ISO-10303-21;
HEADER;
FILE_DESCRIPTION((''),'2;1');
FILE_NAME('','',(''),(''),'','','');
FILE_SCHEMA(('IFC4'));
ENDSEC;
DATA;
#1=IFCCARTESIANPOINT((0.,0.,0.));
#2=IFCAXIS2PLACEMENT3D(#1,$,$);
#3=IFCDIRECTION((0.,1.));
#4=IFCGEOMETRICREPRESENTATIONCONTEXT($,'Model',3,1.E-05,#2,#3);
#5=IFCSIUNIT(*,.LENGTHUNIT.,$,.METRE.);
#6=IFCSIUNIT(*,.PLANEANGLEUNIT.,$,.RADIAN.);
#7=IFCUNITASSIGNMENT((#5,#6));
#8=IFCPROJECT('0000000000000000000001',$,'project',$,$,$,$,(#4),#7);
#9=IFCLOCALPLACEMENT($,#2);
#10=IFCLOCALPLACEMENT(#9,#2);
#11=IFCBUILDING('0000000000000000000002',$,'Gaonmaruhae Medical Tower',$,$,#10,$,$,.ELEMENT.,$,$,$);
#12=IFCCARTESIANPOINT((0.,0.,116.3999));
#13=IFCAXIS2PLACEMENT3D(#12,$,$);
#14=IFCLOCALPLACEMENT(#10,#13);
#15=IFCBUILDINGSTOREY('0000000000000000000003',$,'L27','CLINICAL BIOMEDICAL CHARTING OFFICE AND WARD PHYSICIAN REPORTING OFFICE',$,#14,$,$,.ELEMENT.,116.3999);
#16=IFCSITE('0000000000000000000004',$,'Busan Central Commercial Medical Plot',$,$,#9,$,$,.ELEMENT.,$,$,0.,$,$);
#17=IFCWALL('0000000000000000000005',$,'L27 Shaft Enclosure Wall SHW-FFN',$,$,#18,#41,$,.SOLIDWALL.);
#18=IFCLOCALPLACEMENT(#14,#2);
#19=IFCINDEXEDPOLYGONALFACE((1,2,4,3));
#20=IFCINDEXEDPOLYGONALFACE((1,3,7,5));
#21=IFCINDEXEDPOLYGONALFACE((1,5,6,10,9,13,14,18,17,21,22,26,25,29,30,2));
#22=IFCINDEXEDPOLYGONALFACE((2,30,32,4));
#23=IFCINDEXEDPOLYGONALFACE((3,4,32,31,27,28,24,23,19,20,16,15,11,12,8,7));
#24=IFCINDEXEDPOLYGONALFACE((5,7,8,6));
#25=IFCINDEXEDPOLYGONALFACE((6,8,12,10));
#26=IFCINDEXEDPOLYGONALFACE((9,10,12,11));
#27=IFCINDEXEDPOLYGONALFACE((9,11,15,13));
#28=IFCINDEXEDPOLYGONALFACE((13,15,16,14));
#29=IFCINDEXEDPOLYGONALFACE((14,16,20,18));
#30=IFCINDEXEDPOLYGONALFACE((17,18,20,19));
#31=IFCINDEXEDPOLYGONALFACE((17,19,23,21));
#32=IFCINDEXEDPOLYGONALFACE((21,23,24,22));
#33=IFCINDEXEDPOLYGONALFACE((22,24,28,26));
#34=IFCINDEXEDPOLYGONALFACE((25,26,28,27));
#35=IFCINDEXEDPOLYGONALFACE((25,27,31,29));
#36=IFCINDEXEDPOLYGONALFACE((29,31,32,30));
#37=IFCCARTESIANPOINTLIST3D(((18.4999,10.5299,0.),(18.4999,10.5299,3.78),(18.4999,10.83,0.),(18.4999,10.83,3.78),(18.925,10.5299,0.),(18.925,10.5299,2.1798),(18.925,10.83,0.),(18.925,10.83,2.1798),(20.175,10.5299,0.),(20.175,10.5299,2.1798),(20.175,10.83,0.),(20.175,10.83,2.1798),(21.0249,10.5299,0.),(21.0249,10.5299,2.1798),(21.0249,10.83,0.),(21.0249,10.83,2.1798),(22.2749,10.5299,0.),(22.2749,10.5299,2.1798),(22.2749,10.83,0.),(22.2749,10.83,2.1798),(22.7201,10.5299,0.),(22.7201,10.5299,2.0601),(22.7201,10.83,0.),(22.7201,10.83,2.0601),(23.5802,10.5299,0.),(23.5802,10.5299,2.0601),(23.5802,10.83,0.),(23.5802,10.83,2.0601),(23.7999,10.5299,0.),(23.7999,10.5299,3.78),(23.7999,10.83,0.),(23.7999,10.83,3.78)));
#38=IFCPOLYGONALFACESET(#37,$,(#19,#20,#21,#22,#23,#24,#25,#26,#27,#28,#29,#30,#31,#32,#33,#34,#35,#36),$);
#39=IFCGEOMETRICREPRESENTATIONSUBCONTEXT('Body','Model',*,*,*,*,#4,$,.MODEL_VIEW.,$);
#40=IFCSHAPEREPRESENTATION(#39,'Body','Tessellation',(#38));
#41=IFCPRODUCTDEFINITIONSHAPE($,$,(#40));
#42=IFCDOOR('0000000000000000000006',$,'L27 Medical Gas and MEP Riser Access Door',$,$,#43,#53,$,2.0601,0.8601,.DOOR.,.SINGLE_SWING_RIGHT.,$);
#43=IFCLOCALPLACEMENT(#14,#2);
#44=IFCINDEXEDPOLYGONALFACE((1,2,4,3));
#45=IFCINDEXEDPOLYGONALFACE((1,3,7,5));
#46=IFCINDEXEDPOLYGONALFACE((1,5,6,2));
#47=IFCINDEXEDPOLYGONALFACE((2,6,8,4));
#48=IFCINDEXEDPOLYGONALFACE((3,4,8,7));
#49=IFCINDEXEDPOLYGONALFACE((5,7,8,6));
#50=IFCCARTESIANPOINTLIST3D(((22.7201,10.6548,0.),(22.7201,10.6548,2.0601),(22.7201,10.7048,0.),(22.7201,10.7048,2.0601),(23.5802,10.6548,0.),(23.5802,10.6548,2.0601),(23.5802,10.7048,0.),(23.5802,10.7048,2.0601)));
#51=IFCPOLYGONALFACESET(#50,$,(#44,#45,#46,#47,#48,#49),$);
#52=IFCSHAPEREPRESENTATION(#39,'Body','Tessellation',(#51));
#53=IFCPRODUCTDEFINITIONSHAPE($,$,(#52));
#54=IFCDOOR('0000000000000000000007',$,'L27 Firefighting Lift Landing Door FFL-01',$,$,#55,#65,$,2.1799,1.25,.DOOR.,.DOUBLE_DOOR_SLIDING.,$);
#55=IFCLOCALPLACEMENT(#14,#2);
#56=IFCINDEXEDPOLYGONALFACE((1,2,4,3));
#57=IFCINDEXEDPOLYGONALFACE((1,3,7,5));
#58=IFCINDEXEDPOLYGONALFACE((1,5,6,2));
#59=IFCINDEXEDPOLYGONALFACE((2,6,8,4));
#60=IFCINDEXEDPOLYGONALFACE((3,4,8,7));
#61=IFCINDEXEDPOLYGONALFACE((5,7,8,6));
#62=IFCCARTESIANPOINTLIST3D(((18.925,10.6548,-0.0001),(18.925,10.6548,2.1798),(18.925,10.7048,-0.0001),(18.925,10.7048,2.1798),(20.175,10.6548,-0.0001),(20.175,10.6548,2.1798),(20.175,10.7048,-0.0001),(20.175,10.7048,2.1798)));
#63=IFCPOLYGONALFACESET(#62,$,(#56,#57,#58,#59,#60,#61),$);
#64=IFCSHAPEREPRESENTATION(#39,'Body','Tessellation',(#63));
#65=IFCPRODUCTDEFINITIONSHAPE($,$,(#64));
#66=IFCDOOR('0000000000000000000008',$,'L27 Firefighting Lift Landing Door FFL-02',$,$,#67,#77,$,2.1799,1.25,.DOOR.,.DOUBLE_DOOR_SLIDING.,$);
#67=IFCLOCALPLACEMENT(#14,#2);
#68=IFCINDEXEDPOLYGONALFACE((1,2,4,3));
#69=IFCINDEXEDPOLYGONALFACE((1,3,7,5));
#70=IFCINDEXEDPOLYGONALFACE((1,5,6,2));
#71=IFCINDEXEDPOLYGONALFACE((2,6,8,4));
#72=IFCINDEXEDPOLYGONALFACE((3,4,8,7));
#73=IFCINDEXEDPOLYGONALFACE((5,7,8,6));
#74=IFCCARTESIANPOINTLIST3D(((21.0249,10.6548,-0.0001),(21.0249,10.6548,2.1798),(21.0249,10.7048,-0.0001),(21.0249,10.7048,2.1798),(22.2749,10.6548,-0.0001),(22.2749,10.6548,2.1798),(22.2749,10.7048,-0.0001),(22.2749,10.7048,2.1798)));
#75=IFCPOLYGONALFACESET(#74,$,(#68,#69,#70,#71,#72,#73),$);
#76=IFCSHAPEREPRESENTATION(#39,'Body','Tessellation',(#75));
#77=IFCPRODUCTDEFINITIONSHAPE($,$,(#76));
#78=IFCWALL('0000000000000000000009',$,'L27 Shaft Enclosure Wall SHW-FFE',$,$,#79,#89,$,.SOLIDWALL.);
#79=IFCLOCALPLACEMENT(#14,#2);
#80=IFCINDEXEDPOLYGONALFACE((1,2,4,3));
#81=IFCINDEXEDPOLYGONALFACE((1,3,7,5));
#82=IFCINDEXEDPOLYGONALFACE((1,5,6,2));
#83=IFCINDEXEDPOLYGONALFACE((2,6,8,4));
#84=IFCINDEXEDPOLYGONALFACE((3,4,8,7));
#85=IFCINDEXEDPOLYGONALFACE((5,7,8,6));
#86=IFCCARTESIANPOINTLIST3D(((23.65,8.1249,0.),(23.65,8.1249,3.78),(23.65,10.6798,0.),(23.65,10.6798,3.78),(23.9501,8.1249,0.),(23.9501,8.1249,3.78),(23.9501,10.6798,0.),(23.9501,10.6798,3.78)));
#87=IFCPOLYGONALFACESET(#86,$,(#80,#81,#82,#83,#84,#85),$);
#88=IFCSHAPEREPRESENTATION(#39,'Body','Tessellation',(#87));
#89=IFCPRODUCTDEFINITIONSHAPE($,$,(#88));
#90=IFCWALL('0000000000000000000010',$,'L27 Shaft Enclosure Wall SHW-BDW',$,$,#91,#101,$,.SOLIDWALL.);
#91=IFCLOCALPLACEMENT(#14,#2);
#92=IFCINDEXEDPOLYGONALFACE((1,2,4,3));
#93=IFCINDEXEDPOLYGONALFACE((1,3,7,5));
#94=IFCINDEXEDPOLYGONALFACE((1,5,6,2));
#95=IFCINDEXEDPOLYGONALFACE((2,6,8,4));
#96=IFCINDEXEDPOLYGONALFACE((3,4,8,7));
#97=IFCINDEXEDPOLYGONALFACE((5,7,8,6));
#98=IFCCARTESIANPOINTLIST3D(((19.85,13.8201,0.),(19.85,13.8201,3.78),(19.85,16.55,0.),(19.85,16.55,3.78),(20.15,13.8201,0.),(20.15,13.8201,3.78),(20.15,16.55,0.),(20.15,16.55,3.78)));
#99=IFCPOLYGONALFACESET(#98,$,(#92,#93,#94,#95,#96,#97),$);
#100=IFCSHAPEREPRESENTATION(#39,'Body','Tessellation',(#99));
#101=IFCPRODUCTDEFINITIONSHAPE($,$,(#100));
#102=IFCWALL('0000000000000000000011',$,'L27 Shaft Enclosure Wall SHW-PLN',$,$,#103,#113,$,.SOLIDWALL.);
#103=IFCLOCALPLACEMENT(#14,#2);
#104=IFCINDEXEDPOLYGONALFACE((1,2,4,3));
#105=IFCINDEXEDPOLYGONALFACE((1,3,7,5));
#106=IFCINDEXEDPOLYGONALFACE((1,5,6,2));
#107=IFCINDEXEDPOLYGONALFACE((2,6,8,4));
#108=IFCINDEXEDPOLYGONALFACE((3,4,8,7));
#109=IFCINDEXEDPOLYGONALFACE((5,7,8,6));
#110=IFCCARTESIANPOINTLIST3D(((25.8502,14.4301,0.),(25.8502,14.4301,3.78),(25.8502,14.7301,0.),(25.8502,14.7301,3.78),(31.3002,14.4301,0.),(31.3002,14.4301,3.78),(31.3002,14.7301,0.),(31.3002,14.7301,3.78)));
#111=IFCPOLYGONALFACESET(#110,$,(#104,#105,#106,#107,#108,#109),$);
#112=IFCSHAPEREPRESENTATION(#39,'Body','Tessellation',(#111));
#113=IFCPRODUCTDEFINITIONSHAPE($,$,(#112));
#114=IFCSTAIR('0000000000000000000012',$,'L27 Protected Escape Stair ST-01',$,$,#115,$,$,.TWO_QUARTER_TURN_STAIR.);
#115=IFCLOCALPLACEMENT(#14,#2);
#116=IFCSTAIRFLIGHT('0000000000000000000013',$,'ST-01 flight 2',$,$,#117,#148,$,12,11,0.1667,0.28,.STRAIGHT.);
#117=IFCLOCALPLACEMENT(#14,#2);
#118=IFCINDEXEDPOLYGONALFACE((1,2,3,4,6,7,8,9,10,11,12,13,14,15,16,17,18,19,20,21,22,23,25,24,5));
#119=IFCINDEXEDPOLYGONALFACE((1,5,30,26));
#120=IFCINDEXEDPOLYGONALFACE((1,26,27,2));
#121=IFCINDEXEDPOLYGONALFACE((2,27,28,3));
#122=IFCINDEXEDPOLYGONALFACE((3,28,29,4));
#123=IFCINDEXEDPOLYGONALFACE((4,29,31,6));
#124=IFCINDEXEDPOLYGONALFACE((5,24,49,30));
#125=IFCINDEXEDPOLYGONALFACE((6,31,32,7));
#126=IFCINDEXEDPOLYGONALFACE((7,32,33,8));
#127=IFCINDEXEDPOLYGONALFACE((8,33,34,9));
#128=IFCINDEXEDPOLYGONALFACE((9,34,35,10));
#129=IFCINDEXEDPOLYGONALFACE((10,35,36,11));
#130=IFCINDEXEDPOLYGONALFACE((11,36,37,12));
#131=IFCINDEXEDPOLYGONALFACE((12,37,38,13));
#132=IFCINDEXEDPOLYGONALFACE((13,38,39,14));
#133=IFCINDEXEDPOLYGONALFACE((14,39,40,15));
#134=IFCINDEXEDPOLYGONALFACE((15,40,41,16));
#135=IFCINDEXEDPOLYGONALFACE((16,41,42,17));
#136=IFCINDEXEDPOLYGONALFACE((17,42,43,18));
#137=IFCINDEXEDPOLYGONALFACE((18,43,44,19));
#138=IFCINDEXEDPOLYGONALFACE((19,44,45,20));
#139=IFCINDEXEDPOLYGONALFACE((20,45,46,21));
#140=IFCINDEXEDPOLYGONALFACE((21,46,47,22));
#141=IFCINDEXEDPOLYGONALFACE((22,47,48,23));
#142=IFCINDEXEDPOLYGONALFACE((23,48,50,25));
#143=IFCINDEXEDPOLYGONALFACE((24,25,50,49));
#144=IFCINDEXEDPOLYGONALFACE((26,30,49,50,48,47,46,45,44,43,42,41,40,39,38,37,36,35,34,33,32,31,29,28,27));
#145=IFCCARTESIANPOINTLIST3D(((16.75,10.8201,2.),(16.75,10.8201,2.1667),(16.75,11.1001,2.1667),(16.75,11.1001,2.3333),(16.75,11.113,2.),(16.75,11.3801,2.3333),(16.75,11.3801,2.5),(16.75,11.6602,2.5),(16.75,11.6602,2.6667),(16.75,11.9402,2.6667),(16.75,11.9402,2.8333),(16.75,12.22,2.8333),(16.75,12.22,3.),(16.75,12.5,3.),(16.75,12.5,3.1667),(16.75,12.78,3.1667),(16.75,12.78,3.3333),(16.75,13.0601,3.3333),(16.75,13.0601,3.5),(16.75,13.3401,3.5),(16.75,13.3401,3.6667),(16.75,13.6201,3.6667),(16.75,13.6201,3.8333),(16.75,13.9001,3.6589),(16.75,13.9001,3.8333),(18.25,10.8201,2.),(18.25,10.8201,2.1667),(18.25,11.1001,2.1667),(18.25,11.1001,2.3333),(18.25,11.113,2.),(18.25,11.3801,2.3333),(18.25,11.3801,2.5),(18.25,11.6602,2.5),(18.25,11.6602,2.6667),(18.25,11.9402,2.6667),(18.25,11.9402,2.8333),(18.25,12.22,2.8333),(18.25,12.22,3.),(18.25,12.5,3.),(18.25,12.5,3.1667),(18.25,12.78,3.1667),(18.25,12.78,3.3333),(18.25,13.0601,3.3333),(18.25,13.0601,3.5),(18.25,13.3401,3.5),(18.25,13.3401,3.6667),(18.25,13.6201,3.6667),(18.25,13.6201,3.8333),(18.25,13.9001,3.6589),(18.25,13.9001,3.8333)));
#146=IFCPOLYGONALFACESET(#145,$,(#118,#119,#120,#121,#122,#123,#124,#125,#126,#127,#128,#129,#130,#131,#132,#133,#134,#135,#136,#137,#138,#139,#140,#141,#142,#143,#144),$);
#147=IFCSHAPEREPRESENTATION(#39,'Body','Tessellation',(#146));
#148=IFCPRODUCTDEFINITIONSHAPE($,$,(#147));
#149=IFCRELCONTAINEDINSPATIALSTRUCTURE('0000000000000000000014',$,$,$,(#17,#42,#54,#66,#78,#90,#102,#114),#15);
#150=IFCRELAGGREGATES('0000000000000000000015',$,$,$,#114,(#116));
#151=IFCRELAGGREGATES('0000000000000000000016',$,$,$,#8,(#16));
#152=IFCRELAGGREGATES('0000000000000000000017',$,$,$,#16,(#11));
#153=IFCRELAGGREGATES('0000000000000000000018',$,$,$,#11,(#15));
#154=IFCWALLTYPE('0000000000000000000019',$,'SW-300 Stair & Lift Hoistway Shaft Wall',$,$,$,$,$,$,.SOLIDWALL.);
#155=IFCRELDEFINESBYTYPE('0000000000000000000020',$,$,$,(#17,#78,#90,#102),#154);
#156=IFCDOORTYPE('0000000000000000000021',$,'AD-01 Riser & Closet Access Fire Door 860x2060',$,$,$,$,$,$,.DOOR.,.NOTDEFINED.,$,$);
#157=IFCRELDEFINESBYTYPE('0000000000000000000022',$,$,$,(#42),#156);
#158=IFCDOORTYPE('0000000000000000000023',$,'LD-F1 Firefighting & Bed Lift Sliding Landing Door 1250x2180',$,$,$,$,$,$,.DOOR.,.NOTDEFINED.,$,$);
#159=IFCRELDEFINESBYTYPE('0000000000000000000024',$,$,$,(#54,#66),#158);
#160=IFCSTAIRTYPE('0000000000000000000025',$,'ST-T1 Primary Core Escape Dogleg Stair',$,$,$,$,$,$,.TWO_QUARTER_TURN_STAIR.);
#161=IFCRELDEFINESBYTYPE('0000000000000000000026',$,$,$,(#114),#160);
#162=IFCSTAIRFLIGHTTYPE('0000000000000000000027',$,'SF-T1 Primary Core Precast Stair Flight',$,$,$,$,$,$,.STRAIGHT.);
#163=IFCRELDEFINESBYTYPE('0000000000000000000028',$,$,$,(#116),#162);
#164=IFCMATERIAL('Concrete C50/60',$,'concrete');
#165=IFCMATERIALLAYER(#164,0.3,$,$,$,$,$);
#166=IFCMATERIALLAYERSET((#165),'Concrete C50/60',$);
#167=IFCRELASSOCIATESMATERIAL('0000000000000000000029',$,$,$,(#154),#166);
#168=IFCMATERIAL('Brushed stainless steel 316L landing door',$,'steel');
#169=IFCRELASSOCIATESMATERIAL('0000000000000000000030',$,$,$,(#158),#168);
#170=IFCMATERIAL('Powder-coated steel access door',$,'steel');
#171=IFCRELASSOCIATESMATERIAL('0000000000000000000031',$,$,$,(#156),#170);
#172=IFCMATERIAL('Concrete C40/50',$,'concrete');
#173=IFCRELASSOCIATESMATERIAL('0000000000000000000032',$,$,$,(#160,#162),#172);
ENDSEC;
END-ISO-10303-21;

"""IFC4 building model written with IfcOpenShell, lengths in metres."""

from ifc_helpers import new_model, si_unit, direction, frame, frame_2d, origin, place, context, subcontext, project, spatial, polyline, rectangle, outline, extrude, material, layer, layer_set, type_object, element, fill, aggregate, save


model = new_model("IFC4")

# Units and contexts
model_context = context("Model", 3, precision=1e-05, world=origin(), true_north=direction((0.0, 1.0)))
body_context = subcontext(model_context, "Body", "Model", "MODEL_VIEW")
ifc_project = project(units=[si_unit("LENGTHUNIT", "METRE"), si_unit("PLANEANGLEUNIT", "RADIAN")], contexts=[model_context])

# Site, building, storey
site_placement = place(None, origin())
site = spatial("IfcSite", under=ifc_project, at=site_placement, Name="Busan Central Commercial Medical Plot", CompositionType="ELEMENT", RefElevation=0.0)
building_placement = place(site_placement, origin())
building = spatial("IfcBuilding", under=site, at=building_placement, Name="Gaonmaruhae Medical Tower", CompositionType="ELEMENT")
storey_placement = place(building_placement, frame((0.0, 0.0, 116.3999)))
storey = spatial("IfcBuildingStorey", under=building, at=storey_placement, Name="L27", Description="CLINICAL BIOMEDICAL CHARTING OFFICE AND WARD PHYSICIAN REPORTING OFFICE", CompositionType="ELEMENT", Elevation=116.3999)

# Shared definitions
ifc_material_1 = material(Name="Concrete C50/60", Category="concrete")

# Wall, openings, doors
ifc_layer_1 = layer(ifc_material_1, 0.3)
ifc_layer_set_1 = layer_set([ifc_layer_1], Name="Concrete C50/60")
wall_type_1 = type_object("IfcWallType", Name="SW-300 Stair & Lift Hoistway Shaft Wall", PredefinedType="SOLIDWALL", material=ifc_layer_set_1)
ifc_material_2 = material(Name="Brushed stainless steel 316L landing door", Category="steel")
door_type_1 = type_object("IfcDoorType", Name="LD-F1 Firefighting & Bed Lift Sliding Landing Door 1250x2180", OperationType="NOTDEFINED", PredefinedType="DOOR", material=ifc_material_2)
wall_1_placement = place(storey_placement, frame((18.5, 10.6799, 0.0), z_axis=(0.0, 0.0, 1.0), x_axis=(1.0, 0.0, 0.0)))
wall_1 = element("IfcWall", 1, at=wall_1_placement, inside=storey, type_object=wall_type_1, Name="L27 Shaft Enclosure Wall SHW-FFN", PredefinedType="SOLIDWALL", context=body_context, shape_type="SweptSolid", body=[
    extrude(rectangle(XDim=5.3, YDim=0.3, at=frame_2d((2.6499, 0.0))), origin(), (0.0, 0.0, 1.0), 3.78),
])
opening_1_placement = place(wall_1_placement, frame((4.22, 0.0, 0.0)))
opening_1 = element("IfcOpeningElement", 2, at=opening_1_placement, cuts=wall_1, PredefinedType="OPENING", context=body_context, shape_type="SweptSolid", body=[
    extrude(rectangle(XDim=0.8601, YDim=2.0601, at=frame_2d((0.4302, 1.03))), frame((0.0, 0.1602, 0.0), z_axis=(0.0, -1.0, 0.0), x_axis=(1.0, 0.0, 0.0)), (0.0, 0.0, 1.0), 0.3201),
])
opening_2_placement = place(wall_1_placement, frame((0.425, 0.0, 0.0)))
opening_2 = element("IfcOpeningElement", 3, at=opening_2_placement, cuts=wall_1, PredefinedType="OPENING", context=body_context, shape_type="SweptSolid", body=[
    extrude(rectangle(XDim=1.25, YDim=2.1799, at=frame_2d((0.625, 1.0898))), frame((0.0, 0.1602, 0.0), z_axis=(0.0, -1.0, 0.0), x_axis=(1.0, 0.0, 0.0)), (0.0, 0.0, 1.0), 0.3201),
])
opening_3_placement = place(wall_1_placement, frame((2.5249, 0.0, 0.0)))
opening_3 = element("IfcOpeningElement", 4, at=opening_3_placement, cuts=wall_1, PredefinedType="OPENING", context=body_context, shape_type="SweptSolid", body=[
    extrude(rectangle(XDim=1.25, YDim=2.1799, at=frame_2d((0.625, 1.0898))), frame((0.0, 0.1602, 0.0), z_axis=(0.0, -1.0, 0.0), x_axis=(1.0, 0.0, 0.0)), (0.0, 0.0, 1.0), 0.3201),
])
ifc_material_3 = material(Name="Powder-coated steel access door", Category="steel")
door_type_2 = type_object("IfcDoorType", Name="AD-01 Riser & Closet Access Fire Door 860x2060", OperationType="NOTDEFINED", PredefinedType="DOOR", material=ifc_material_3)
door_1_placement = place(opening_1_placement, origin())
door_1 = element("IfcDoor", 5, at=door_1_placement, inside=storey, type_object=door_type_2, Name="L27 Medical Gas and MEP Riser Access Door", OperationType="SINGLE_SWING_RIGHT", OverallHeight=2.0601, OverallWidth=0.8601, PredefinedType="DOOR", context=body_context, shape_type="SweptSolid", body=[
    extrude(rectangle(XDim=0.8601, YDim=2.0601, at=frame_2d((0.4302, 1.03))), frame((0.0, 0.0249, 0.0), z_axis=(0.0, -1.0, 0.0), x_axis=(1.0, 0.0, 0.0)), (0.0, 0.0, 1.0), 0.05),
])
fill(opening_1, door_1)
door_2_placement = place(opening_2_placement, origin())
door_2 = element("IfcDoor", 6, at=door_2_placement, inside=storey, type_object=door_type_1, Name="L27 Firefighting Lift Landing Door FFL-01", OperationType="DOUBLE_DOOR_SLIDING", OverallHeight=2.1799, OverallWidth=1.25, PredefinedType="DOOR", context=body_context, shape_type="SweptSolid", body=[
    extrude(rectangle(XDim=1.25, YDim=2.1799, at=frame_2d((0.625, 1.0898))), frame((0.0, 0.0249, 0.0), z_axis=(0.0, -1.0, 0.0), x_axis=(1.0, 0.0, 0.0)), (0.0, 0.0, 1.0), 0.05),
])
fill(opening_2, door_2)
door_3_placement = place(opening_3_placement, origin())
door_3 = element("IfcDoor", 7, at=door_3_placement, inside=storey, type_object=door_type_1, Name="L27 Firefighting Lift Landing Door FFL-02", OperationType="DOUBLE_DOOR_SLIDING", OverallHeight=2.1799, OverallWidth=1.25, PredefinedType="DOOR", context=body_context, shape_type="SweptSolid", body=[
    extrude(rectangle(XDim=1.25, YDim=2.1799, at=frame_2d((0.625, 1.0898))), frame((0.0, 0.0249, 0.0), z_axis=(0.0, -1.0, 0.0), x_axis=(1.0, 0.0, 0.0)), (0.0, 0.0, 1.0), 0.05),
])
fill(opening_3, door_3)

# Walls
wall_2_placement = place(storey_placement, frame((23.8, 8.125, 0.0), z_axis=(0.0, 0.0, 1.0), x_axis=(0.0, 1.0, 0.0)))
element("IfcWall", 8, at=wall_2_placement, inside=storey, type_object=wall_type_1, Name="L27 Shaft Enclosure Wall SHW-FFE", PredefinedType="SOLIDWALL", context=body_context, shape_type="SweptSolid", body=[
    extrude(rectangle(XDim=2.5549, YDim=0.3, at=frame_2d((1.2773, 0.0))), origin(), (0.0, 0.0, 1.0), 3.78),
])
wall_3_placement = place(storey_placement, frame((20.0, 13.8201, 0.0), z_axis=(0.0, 0.0, 1.0), x_axis=(0.0, 1.0, 0.0)))
element("IfcWall", 9, at=wall_3_placement, inside=storey, type_object=wall_type_1, Name="L27 Shaft Enclosure Wall SHW-BDW", PredefinedType="SOLIDWALL", context=body_context, shape_type="SweptSolid", body=[
    extrude(rectangle(XDim=2.73, YDim=0.3, at=frame_2d((1.365, 0.0))), origin(), (0.0, 0.0, 1.0), 3.78),
])

# Wall
wall_4_placement = place(storey_placement, frame((25.8501, 14.5801, 0.0), z_axis=(0.0, 0.0, 1.0), x_axis=(1.0, 0.0, 0.0)))
element("IfcWall", 10, at=wall_4_placement, inside=storey, type_object=wall_type_1, Name="L27 Shaft Enclosure Wall SHW-PLN", PredefinedType="SOLIDWALL", context=body_context, shape_type="SweptSolid", body=[
    extrude(rectangle(XDim=5.45, YDim=0.3, at=frame_2d((2.7251, 0.0))), origin(), (0.0, 0.0, 1.0), 3.78),
])

# Stair, stair flight
ifc_material_4 = material(Name="Concrete C40/50", Category="concrete")
stair_type = type_object("IfcStairType", Name="ST-T1 Primary Core Escape Dogleg Stair", PredefinedType="TWO_QUARTER_TURN_STAIR", material=ifc_material_4)
stair_placement = place(storey_placement, origin())
stair = element("IfcStair", 11, at=stair_placement, inside=storey, type_object=stair_type, Name="L27 Protected Escape Stair ST-01", PredefinedType="TWO_QUARTER_TURN_STAIR")
stair_flight_type = type_object("IfcStairFlightType", Name="SF-T1 Primary Core Precast Stair Flight", PredefinedType="STRAIGHT", material=ifc_material_4)
stair_flight_placement = place(storey_placement, frame((17.5, 10.8201, 2.0), z_axis=(0.0, 0.0, 1.0), x_axis=(0.0, 1.0, 0.0)))
stair_flight = element("IfcStairFlight", 12, at=stair_flight_placement, type_object=stair_flight_type, Name="ST-01 flight 2", NumberOfRisers=12, NumberOfTreads=11, PredefinedType="STRAIGHT", RiserHeight=0.1667, TreadLength=0.28, context=body_context, shape_type="SweptSolid", body=[
    extrude(outline(polyline([(0.0, 0.0), (0.0, 0.1667), (0.28, 0.1667), (0.28, 0.3333), (0.5601, 0.3333), (0.5601, 0.5), (0.8401, 0.5), (0.8401, 0.6667), (1.1201, 0.6667), (1.1201, 0.8333), (1.3999, 0.8333), (1.3999, 1.0), (1.6799, 1.0), (1.6799, 1.1667), (1.96, 1.1667), (1.96, 1.3333), (2.24, 1.3333), (2.24, 1.5), (2.52, 1.5), (2.52, 1.6667), (2.8, 1.6667), (2.8, 1.8333), (3.0801, 1.8333), (3.0801, 2.0), (3.0801, 1.6589), (0.293, 0.0), (0.0, 0.0)])), frame((0.0, 0.75, 0.0), z_axis=(0.0, -1.0, 0.0), x_axis=(1.0, 0.0, 0.0)), (0.0, 0.0, 1.0), 1.5),
])
aggregate(stair, [stair_flight])

save(model, "model.ifc")
